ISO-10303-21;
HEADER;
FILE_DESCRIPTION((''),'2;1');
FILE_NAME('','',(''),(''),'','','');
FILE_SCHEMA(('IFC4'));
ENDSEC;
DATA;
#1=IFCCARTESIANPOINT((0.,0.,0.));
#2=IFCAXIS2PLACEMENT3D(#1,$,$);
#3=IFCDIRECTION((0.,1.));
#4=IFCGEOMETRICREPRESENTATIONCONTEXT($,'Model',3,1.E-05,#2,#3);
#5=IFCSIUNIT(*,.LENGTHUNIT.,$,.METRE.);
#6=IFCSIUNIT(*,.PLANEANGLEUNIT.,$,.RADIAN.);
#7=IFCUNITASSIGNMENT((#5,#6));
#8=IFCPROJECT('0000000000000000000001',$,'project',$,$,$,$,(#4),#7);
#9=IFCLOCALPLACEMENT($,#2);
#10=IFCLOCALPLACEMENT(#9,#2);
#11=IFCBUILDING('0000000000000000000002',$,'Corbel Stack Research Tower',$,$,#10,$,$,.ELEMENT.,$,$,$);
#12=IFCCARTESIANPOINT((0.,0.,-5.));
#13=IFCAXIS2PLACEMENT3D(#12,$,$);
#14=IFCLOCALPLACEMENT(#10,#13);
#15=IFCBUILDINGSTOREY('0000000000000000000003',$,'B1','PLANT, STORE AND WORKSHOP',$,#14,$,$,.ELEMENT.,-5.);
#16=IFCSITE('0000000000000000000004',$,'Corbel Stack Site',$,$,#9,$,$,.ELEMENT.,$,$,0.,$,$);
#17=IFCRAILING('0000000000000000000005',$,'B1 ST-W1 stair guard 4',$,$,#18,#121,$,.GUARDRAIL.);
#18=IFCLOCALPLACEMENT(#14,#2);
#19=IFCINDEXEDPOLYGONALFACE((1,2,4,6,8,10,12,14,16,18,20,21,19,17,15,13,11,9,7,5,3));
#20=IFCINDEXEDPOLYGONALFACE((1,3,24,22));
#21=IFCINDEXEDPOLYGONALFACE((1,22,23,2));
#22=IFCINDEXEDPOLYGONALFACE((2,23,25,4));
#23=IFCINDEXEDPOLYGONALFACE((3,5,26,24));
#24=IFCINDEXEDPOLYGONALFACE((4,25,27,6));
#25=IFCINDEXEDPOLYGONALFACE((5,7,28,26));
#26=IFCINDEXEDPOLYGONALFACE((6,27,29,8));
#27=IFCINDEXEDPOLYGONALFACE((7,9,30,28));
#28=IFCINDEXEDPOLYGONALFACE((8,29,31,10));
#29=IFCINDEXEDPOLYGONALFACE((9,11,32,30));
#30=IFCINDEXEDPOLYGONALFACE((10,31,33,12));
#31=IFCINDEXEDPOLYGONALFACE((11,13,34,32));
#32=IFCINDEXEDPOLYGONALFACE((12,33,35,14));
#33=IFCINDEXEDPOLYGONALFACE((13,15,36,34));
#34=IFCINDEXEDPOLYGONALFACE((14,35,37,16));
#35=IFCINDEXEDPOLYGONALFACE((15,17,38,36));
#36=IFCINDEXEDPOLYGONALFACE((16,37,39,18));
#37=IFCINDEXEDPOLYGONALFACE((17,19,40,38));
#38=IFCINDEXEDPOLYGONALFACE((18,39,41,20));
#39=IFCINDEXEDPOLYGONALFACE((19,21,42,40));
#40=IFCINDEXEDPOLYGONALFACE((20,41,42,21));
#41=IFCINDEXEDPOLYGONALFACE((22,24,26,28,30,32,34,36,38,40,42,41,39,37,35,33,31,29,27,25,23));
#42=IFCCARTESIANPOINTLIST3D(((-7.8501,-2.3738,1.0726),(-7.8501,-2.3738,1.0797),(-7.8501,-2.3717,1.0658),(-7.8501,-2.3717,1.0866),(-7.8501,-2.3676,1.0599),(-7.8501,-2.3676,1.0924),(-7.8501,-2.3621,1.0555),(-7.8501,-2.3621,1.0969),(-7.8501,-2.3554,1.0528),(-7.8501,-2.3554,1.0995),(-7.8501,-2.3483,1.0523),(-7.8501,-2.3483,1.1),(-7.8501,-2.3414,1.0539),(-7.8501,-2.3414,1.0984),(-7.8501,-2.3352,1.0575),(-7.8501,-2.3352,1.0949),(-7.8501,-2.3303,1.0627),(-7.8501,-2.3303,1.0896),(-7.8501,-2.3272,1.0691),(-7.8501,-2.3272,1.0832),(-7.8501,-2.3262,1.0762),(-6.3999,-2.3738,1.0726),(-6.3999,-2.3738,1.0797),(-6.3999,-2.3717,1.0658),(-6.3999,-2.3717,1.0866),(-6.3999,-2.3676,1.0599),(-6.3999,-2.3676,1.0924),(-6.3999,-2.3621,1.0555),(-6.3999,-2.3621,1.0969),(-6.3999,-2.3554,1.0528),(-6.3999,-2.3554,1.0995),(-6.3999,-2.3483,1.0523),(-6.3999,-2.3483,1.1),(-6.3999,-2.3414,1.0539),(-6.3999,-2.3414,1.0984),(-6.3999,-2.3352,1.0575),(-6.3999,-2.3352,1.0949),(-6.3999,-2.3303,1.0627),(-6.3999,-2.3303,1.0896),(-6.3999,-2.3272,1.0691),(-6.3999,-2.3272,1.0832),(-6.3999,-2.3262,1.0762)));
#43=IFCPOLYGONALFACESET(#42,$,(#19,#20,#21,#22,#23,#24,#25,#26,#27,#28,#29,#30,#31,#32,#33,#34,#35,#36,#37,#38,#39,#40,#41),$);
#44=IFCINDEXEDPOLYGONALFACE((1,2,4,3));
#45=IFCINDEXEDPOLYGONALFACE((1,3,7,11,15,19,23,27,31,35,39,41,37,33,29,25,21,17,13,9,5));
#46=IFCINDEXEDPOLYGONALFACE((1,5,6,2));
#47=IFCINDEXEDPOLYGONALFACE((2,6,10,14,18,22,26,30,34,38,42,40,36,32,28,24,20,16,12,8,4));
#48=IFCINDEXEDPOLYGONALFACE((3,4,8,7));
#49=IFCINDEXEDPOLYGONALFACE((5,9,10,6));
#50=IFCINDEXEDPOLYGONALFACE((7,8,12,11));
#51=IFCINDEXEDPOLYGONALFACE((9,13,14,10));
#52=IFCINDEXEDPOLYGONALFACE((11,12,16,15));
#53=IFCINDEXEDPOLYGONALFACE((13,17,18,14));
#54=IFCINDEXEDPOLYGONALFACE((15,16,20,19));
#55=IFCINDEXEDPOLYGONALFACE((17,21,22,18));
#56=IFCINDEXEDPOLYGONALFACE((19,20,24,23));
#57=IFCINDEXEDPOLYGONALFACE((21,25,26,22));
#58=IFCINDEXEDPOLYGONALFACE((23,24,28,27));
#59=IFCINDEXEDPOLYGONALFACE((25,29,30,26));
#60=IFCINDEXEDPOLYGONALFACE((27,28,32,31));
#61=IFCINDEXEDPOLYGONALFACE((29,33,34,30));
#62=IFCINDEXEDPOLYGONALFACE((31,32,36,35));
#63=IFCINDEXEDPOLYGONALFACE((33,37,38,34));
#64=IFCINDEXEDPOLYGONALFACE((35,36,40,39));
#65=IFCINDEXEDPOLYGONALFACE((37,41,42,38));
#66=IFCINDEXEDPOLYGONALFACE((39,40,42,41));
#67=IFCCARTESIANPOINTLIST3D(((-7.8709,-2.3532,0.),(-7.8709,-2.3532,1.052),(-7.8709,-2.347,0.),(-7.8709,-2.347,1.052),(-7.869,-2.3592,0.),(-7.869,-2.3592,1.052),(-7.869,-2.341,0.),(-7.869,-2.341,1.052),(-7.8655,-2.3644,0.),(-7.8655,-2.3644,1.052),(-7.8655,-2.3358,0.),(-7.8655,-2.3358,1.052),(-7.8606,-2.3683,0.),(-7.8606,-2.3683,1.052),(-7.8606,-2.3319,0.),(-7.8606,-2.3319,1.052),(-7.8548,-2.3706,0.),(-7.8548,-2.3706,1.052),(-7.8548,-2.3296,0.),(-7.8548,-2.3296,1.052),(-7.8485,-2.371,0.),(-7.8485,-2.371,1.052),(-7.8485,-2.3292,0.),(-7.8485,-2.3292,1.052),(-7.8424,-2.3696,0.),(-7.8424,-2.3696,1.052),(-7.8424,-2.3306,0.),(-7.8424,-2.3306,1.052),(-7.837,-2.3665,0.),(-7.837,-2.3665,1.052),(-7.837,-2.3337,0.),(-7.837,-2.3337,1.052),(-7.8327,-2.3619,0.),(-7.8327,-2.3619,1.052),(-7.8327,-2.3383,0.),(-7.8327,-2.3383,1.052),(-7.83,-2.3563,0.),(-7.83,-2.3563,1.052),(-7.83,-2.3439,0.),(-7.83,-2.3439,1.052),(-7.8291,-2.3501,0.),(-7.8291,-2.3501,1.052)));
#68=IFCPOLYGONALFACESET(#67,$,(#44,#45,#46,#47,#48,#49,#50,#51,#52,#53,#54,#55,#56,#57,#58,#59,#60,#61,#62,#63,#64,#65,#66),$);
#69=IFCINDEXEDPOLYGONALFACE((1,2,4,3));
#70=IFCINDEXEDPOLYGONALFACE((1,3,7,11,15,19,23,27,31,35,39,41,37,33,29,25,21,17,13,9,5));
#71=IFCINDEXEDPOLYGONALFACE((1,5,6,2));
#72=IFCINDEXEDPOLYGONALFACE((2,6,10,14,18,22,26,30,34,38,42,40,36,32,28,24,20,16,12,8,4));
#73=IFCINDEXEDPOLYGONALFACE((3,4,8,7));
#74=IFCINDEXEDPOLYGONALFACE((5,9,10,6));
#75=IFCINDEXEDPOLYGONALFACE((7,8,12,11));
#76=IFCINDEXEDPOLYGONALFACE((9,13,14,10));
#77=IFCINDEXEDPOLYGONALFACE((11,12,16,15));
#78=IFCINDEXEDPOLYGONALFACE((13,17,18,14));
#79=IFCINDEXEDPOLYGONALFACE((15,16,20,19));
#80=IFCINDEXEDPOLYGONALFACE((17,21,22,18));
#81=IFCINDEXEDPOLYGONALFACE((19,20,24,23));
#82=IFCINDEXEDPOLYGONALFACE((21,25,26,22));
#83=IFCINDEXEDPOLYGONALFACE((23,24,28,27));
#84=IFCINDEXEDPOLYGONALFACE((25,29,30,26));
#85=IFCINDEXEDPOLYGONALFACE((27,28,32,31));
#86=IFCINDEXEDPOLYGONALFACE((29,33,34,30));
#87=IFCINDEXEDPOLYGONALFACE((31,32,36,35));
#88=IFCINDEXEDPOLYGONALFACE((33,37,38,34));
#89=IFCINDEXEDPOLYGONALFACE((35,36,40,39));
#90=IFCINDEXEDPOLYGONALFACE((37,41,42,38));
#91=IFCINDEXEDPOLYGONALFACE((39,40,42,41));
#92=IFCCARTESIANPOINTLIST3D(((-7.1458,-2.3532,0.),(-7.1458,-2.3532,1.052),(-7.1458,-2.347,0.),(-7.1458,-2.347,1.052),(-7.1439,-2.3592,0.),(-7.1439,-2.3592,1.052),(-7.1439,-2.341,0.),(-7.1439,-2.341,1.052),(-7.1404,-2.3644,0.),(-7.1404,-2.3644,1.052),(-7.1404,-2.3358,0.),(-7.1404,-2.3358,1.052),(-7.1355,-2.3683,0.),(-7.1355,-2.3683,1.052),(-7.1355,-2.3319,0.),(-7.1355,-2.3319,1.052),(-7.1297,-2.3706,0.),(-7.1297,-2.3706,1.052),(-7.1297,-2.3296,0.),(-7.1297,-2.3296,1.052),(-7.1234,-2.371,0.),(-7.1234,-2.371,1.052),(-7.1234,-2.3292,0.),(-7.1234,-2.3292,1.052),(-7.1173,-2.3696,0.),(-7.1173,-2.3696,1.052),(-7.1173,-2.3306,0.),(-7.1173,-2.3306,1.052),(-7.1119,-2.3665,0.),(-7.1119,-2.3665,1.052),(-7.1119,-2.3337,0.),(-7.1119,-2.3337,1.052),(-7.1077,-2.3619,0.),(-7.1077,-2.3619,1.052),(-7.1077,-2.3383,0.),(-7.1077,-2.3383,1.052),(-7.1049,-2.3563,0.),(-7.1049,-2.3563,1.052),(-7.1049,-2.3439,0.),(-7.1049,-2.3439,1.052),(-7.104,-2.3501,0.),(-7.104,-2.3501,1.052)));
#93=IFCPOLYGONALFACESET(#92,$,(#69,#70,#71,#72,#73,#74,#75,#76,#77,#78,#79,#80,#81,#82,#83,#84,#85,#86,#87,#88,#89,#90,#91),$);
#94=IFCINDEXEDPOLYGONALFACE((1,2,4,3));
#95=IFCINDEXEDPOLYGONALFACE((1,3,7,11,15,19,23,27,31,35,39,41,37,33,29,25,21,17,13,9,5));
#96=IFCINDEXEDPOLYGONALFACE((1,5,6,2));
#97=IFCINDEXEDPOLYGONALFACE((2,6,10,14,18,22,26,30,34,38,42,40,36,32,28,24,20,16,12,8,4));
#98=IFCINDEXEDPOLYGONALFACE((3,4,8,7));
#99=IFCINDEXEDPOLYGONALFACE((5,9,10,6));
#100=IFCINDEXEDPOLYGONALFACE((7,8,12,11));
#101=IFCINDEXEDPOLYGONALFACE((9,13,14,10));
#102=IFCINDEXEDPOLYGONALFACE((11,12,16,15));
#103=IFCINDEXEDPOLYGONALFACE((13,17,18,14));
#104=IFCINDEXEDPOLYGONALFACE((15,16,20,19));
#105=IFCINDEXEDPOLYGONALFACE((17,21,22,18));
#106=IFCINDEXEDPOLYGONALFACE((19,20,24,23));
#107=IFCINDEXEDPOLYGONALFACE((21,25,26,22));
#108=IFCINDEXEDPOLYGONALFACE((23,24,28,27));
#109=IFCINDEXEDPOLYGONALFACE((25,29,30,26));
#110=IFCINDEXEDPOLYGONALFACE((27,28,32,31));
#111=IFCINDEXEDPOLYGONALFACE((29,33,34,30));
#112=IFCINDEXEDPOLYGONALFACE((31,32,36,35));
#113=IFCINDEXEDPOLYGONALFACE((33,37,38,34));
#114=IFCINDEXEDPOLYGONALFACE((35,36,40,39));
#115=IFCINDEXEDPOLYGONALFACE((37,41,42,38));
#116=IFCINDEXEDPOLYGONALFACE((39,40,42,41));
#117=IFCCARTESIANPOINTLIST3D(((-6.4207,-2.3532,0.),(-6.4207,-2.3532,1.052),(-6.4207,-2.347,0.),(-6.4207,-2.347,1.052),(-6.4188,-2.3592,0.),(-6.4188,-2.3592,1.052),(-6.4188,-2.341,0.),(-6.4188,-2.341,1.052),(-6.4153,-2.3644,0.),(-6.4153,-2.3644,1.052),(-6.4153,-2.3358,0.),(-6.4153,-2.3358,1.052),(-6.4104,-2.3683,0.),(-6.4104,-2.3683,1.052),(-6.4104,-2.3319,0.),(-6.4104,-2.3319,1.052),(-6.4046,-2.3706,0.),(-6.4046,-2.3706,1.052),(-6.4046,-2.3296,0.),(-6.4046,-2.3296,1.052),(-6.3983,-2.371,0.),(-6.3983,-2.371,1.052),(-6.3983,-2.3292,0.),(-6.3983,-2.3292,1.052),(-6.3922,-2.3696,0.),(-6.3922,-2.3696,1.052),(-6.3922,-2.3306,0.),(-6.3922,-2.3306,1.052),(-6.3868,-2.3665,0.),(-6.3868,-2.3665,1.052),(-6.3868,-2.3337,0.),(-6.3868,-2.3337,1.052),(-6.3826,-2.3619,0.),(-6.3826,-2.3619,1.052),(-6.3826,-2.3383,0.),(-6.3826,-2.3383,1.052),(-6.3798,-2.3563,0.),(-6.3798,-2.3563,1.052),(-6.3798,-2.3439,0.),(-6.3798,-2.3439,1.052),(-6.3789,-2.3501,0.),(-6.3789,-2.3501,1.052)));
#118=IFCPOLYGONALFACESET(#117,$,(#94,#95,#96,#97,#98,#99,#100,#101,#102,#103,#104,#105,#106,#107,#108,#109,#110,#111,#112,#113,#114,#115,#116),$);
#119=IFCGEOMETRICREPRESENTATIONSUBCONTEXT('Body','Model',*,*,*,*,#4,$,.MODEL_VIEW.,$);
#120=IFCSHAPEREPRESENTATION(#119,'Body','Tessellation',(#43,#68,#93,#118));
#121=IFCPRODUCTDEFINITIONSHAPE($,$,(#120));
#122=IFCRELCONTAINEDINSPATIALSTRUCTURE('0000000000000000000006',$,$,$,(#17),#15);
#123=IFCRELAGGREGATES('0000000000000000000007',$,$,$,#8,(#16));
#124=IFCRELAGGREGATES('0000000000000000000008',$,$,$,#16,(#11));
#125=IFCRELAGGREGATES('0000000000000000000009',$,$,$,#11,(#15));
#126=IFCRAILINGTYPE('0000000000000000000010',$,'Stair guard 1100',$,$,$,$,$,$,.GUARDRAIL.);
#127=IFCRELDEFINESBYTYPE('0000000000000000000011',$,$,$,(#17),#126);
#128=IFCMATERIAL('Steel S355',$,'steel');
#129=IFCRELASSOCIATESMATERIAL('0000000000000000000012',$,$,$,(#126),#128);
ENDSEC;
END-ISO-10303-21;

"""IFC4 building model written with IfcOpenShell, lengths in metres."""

from ifc_helpers import new_model, si_unit, direction, frame, origin, origin_2d, place, context, subcontext, project, spatial, circle, extrude, material, type_object, element, save


model = new_model("IFC4")

# Units and contexts
model_context = context("Model", 3, precision=1e-05, world=origin(), true_north=direction((0.0, 1.0)))
body_context = subcontext(model_context, "Body", "Model", "MODEL_VIEW")
ifc_project = project(units=[si_unit("LENGTHUNIT", "METRE"), si_unit("PLANEANGLEUNIT", "RADIAN")], contexts=[model_context])

# Site, building, storey
site_placement = place(None, origin())
site = spatial("IfcSite", under=ifc_project, at=site_placement, Name="Corbel Stack Site", CompositionType="ELEMENT", RefElevation=0.0)
building_placement = place(site_placement, origin())
building = spatial("IfcBuilding", under=site, at=building_placement, Name="Corbel Stack Research Tower", CompositionType="ELEMENT")
storey_placement = place(building_placement, frame((0.0, 0.0, -5.0)))
storey = spatial("IfcBuildingStorey", under=building, at=storey_placement, Name="B1", Description="PLANT, STORE AND WORKSHOP", CompositionType="ELEMENT", Elevation=-5.0)

# Railing
ifc_material_1 = material(Name="Steel S355", Category="steel")
railing_type = type_object("IfcRailingType", Name="Stair guard 1100", PredefinedType="GUARDRAIL", material=ifc_material_1)
railing_1_placement = place(storey_placement, frame((-7.8501, -2.3501, 0.0)))
element("IfcRailing", 1, at=railing_1_placement, inside=storey, type_object=railing_type, Name="B1 ST-W1 stair guard 4", PredefinedType="GUARDRAIL", context=body_context, shape_type="SweptSolid", body=[
    extrude(circle(Radius=0.0239, at=origin_2d()), frame((0.0, 0.0, 1.0762), z_axis=(1.0, 0.0, 0.0), x_axis=(0.0, 1.0, 0.0)), (0.0, 0.0, 1.0), 1.4502),
    extrude(circle(Radius=0.021, at=origin_2d()), origin(), (0.0, 0.0, 1.0), 1.052),
    extrude(circle(Radius=0.021, at=origin_2d()), frame((0.7251, 0.0, 0.0)), (0.0, 0.0, 1.0), 1.052),
    extrude(circle(Radius=0.021, at=origin_2d()), frame((1.4502, 0.0, 0.0)), (0.0, 0.0, 1.0), 1.052),
])

save(model, "model.ifc")
